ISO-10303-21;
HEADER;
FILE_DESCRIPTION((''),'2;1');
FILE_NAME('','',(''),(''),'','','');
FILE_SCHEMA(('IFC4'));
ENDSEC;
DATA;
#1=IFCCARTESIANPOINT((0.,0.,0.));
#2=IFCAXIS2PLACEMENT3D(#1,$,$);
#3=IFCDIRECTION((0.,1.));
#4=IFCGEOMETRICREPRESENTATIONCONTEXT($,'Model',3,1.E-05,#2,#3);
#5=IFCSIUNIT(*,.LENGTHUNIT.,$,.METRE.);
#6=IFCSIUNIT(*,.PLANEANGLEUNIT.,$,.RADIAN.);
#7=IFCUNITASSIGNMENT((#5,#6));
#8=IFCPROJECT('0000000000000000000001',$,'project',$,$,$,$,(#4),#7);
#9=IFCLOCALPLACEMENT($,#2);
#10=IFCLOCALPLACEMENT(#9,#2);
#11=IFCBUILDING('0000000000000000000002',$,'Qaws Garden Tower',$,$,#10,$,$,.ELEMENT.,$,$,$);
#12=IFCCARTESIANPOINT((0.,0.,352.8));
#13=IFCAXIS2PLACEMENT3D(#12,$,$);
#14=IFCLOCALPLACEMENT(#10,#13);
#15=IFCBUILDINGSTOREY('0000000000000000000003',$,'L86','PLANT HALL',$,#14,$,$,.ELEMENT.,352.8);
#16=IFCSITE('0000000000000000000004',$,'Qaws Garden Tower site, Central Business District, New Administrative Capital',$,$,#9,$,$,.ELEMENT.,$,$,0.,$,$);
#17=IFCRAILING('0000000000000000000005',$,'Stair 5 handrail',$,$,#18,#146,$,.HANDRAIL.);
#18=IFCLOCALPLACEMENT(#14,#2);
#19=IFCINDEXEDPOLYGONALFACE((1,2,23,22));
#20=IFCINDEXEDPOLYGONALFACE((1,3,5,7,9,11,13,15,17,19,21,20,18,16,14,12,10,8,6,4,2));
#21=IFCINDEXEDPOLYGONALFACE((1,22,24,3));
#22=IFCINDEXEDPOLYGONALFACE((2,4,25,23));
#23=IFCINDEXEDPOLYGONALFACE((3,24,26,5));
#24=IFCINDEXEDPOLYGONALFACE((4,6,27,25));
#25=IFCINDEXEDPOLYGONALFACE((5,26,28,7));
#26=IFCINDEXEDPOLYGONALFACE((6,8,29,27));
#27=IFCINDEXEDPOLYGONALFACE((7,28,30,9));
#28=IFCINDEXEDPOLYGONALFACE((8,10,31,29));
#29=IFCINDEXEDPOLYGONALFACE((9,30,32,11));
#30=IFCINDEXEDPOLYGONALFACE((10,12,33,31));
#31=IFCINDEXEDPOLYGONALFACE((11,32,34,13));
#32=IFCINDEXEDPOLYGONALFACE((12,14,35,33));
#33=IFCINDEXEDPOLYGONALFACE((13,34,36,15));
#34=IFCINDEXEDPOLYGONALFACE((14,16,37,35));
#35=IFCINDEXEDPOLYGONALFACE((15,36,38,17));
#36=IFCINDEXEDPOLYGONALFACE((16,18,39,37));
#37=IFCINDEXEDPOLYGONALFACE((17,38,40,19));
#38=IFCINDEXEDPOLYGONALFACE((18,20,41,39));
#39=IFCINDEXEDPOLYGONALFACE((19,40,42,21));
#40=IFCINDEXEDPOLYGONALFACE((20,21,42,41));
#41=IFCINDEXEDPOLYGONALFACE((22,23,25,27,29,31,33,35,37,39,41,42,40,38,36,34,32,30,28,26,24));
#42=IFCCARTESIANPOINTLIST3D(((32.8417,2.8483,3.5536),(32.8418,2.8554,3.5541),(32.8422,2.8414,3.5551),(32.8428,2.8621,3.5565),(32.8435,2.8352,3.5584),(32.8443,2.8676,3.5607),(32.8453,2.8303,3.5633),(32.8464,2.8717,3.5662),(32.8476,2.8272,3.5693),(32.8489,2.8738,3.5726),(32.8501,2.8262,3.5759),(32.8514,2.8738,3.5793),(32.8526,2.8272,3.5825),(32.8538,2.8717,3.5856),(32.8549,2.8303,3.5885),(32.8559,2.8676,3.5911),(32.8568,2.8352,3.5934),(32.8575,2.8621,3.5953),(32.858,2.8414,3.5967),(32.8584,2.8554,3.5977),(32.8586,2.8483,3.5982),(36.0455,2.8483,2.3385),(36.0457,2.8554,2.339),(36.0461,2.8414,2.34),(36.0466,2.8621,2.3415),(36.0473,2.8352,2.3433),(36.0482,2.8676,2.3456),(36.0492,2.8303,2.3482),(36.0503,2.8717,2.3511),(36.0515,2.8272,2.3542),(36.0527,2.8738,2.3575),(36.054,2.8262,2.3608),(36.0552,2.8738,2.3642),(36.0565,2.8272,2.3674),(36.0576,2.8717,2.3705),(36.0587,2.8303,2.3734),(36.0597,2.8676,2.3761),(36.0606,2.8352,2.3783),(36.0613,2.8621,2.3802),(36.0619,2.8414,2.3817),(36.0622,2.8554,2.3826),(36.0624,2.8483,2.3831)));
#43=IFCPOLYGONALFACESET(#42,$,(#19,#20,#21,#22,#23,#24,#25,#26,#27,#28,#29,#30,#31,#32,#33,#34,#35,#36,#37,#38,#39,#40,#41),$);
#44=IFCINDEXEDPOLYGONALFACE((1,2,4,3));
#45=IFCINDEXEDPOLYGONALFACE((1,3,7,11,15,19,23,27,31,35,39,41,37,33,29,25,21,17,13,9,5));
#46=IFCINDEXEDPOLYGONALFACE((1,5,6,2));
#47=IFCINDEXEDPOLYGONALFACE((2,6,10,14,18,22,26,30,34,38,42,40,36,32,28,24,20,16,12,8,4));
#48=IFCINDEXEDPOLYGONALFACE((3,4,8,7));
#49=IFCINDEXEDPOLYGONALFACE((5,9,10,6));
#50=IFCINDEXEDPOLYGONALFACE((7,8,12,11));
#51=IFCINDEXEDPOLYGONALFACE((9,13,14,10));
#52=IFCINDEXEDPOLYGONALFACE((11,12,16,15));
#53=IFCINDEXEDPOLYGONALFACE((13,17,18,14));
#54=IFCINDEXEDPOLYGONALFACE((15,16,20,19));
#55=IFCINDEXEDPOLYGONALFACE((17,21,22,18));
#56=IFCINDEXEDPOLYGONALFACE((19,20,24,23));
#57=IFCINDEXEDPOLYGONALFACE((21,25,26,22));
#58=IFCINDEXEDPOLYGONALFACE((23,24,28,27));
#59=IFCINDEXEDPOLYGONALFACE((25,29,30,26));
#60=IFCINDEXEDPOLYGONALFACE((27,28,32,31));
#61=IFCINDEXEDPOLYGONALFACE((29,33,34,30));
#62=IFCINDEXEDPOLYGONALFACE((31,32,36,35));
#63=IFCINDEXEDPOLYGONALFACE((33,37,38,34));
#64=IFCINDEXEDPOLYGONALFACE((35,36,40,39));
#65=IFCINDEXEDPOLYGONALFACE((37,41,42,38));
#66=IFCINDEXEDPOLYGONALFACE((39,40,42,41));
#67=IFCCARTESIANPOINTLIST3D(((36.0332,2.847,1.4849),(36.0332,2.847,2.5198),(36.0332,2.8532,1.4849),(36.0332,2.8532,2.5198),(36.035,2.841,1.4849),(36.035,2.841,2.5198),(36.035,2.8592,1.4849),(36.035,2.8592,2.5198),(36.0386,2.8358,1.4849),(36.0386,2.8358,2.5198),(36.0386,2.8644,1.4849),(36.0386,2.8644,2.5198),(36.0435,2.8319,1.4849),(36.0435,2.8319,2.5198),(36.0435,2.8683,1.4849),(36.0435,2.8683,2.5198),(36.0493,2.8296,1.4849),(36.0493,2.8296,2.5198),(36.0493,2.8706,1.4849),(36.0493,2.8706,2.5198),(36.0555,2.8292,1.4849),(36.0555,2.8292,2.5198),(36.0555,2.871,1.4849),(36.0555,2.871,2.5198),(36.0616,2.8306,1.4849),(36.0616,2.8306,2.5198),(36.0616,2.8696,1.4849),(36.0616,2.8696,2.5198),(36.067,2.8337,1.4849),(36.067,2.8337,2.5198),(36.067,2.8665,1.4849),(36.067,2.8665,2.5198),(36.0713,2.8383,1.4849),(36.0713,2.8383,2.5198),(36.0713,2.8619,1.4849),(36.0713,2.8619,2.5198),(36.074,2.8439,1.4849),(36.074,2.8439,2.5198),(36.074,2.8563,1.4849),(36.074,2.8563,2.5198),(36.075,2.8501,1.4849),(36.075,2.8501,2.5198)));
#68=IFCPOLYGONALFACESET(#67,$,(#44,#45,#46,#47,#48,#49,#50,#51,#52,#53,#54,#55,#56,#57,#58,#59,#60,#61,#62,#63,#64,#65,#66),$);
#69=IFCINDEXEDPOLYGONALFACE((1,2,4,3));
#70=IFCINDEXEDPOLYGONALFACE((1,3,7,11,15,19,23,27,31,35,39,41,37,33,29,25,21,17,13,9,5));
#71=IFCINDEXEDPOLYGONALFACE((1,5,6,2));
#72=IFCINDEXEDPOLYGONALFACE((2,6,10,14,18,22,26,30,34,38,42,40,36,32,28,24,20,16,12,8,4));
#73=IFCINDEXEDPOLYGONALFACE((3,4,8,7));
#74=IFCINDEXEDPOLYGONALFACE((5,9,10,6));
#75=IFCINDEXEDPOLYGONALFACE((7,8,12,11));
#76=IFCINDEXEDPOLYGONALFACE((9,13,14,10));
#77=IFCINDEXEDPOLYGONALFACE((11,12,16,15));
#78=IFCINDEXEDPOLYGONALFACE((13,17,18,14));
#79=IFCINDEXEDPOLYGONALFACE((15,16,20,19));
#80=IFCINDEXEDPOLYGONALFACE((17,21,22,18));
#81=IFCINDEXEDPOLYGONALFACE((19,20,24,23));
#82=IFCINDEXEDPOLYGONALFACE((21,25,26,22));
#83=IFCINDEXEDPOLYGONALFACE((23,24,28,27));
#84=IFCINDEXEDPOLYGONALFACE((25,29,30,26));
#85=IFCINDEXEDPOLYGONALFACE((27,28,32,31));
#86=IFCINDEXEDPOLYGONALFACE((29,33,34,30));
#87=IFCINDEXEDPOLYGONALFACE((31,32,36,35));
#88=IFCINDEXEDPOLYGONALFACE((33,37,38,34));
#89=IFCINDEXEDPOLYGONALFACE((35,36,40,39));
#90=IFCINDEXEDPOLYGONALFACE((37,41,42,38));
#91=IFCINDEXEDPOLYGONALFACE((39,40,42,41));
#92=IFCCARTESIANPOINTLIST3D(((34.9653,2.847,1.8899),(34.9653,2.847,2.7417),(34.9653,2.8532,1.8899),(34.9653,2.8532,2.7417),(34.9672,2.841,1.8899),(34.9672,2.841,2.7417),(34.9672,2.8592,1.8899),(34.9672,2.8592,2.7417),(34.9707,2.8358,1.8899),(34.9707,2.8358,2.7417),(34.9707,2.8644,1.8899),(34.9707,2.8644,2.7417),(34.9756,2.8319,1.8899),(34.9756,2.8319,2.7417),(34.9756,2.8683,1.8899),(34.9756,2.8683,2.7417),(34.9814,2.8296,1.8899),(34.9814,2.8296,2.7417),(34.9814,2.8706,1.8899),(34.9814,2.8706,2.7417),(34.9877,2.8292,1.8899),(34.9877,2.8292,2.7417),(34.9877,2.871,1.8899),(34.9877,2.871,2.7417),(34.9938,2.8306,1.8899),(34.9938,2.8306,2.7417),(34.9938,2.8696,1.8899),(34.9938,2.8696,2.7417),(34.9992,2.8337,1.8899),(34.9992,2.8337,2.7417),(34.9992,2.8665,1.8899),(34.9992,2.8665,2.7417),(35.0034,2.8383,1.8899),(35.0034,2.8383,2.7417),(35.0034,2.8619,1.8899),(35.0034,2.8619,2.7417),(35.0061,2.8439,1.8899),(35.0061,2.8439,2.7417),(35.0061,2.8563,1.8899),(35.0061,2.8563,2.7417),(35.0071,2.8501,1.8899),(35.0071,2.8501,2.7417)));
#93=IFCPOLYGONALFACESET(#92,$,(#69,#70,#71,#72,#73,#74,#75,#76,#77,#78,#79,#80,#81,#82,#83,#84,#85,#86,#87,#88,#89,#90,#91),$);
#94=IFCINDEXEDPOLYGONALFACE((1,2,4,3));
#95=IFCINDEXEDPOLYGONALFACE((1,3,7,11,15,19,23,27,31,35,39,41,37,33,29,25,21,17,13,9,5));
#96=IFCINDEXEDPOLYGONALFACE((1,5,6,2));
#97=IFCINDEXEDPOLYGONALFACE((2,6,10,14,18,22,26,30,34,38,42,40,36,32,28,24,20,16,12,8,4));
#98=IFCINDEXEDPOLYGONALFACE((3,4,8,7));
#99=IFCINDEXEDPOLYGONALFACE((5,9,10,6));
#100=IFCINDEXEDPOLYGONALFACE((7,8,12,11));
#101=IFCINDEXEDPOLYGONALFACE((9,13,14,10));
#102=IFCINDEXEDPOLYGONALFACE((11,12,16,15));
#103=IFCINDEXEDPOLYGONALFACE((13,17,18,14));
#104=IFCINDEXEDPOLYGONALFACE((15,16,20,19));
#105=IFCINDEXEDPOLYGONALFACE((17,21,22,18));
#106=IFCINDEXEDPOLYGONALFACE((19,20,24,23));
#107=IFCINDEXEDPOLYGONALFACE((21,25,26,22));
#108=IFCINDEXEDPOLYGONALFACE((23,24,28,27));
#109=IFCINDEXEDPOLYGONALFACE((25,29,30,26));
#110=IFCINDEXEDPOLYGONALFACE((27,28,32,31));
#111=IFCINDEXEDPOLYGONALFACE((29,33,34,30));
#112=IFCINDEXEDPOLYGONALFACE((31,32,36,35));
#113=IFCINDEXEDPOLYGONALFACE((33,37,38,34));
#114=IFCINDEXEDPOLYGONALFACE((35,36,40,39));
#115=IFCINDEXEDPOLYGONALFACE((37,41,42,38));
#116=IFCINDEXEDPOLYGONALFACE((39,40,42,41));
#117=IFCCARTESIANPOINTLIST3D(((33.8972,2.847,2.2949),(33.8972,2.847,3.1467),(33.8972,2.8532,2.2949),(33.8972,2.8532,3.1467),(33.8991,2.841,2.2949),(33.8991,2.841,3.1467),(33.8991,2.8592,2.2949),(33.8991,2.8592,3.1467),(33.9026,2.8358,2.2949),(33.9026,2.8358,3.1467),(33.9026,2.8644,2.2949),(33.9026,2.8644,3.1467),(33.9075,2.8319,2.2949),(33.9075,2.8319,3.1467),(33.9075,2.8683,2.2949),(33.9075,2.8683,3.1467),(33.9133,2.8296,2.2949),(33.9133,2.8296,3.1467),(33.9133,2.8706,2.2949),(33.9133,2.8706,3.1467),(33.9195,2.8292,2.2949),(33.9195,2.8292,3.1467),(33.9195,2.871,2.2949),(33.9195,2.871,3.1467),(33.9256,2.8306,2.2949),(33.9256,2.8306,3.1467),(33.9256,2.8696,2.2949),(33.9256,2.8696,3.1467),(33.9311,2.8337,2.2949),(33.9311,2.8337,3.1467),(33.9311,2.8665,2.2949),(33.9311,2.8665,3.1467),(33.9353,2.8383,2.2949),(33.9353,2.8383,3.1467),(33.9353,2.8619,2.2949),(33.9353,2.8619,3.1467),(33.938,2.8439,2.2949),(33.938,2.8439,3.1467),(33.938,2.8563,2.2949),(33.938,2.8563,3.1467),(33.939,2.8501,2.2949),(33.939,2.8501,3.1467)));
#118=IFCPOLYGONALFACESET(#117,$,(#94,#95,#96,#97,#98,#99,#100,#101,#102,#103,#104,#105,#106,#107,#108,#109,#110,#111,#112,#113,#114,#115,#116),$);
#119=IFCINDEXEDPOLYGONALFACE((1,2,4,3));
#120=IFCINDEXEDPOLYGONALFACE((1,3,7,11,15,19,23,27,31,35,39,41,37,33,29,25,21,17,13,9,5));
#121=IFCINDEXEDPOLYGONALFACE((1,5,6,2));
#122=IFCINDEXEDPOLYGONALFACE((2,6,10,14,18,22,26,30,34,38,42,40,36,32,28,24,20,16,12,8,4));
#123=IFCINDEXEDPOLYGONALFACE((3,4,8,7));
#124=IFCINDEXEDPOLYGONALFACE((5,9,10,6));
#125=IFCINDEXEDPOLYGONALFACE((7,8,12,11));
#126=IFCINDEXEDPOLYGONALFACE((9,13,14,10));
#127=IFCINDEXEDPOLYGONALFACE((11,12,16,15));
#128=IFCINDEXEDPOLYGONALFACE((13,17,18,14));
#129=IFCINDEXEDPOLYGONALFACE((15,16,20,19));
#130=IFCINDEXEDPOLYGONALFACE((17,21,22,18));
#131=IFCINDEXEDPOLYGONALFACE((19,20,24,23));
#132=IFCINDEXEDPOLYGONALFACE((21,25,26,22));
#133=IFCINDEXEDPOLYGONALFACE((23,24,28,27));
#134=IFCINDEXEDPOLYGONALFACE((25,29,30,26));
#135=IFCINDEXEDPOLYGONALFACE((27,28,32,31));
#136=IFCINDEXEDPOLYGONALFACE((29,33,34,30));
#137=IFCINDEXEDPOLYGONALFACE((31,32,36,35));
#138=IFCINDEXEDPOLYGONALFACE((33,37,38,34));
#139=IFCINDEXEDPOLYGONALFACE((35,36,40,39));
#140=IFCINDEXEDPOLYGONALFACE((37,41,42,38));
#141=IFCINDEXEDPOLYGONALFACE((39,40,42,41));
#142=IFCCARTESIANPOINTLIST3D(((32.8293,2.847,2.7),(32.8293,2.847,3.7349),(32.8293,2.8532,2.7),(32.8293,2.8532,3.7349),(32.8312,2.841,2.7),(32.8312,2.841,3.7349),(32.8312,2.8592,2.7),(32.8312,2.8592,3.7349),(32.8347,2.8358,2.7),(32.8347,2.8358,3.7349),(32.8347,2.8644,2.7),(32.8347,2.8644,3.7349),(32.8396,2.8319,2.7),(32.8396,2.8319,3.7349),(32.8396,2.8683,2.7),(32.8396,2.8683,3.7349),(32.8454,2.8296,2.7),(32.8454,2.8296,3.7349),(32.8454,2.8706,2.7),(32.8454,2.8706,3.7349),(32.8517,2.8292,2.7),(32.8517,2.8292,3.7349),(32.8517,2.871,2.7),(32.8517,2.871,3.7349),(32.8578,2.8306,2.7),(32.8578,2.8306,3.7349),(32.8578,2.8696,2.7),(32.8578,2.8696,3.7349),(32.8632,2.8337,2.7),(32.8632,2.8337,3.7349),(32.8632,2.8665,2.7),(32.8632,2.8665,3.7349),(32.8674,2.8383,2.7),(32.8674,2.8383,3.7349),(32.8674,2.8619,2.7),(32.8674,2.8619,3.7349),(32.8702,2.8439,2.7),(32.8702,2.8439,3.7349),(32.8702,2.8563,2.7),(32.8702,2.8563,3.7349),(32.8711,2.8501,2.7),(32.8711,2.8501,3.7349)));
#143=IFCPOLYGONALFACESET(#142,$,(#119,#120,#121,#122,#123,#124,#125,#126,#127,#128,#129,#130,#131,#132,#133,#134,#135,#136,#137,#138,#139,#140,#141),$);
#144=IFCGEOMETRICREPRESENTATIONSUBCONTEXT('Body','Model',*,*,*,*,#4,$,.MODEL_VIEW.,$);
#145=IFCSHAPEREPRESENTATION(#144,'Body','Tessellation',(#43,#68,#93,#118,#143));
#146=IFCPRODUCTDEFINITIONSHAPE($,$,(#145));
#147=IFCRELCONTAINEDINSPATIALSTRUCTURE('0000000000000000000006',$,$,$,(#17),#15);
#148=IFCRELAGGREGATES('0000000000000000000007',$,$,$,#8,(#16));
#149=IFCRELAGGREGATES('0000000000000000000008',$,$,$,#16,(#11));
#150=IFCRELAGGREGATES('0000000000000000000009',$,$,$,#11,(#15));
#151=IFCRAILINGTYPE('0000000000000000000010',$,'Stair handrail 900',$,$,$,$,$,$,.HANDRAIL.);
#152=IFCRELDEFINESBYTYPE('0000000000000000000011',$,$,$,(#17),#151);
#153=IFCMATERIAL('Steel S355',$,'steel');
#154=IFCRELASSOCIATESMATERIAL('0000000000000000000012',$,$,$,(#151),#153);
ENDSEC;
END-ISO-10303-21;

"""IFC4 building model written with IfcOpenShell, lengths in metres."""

from ifc_helpers import new_model, si_unit, direction, frame, origin, origin_2d, place, context, subcontext, project, spatial, circle, extrude, material, type_object, element, save


model = new_model("IFC4")

# Units and contexts
model_context = context("Model", 3, precision=1e-05, world=origin(), true_north=direction((0.0, 1.0)))
body_context = subcontext(model_context, "Body", "Model", "MODEL_VIEW")
ifc_project = project(units=[si_unit("LENGTHUNIT", "METRE"), si_unit("PLANEANGLEUNIT", "RADIAN")], contexts=[model_context])

# Site, building, storey
site_placement = place(None, origin())
site = spatial("IfcSite", under=ifc_project, at=site_placement, Name="Qaws Garden Tower site, Central Business District, New Administrative Capital", CompositionType="ELEMENT", RefElevation=0.0)
building_placement = place(site_placement, origin())
building = spatial("IfcBuilding", under=site, at=building_placement, Name="Qaws Garden Tower", CompositionType="ELEMENT")
storey_placement = place(building_placement, frame((0.0, 0.0, 352.8)))
storey = spatial("IfcBuildingStorey", under=building, at=storey_placement, Name="L86", Description="PLANT HALL", CompositionType="ELEMENT", Elevation=352.8)

# Railing
ifc_material_1 = material(Name="Steel S355", Category="steel")
railing_type = type_object("IfcRailingType", Name="Stair handrail 900", PredefinedType="HANDRAIL", material=ifc_material_1)
railing_1_placement = place(storey_placement, frame((36.054, 2.8501, 1.4849)))
element("IfcRailing", 1, at=railing_1_placement, inside=storey, type_object=railing_type, Name="Stair 5 handrail", PredefinedType="HANDRAIL", context=body_context, shape_type="SweptSolid", body=[
    extrude(circle(Radius=0.0239, at=origin_2d()), frame((0.0, 0.0, 0.876), z_axis=(-0.935014, 0.0, 0.354611), x_axis=(0.0, -1.0, 0.0)), (0.0, 0.0, 1.0), 3.4265),
    extrude(circle(Radius=0.021, at=origin_2d()), origin(), (0.0, 0.0, 1.0), 1.0349),
    extrude(circle(Radius=0.021, at=origin_2d()), frame((-1.0679, 0.0, 0.405)), (0.0, 0.0, 1.0), 0.8518),
    extrude(circle(Radius=0.021, at=origin_2d()), frame((-2.136, 0.0, 0.8101)), (0.0, 0.0, 1.0), 0.8518),
    extrude(circle(Radius=0.021, at=origin_2d()), frame((-3.2039, 0.0, 1.2151)), (0.0, 0.0, 1.0), 1.0349),
])

save(model, "model.ifc")
